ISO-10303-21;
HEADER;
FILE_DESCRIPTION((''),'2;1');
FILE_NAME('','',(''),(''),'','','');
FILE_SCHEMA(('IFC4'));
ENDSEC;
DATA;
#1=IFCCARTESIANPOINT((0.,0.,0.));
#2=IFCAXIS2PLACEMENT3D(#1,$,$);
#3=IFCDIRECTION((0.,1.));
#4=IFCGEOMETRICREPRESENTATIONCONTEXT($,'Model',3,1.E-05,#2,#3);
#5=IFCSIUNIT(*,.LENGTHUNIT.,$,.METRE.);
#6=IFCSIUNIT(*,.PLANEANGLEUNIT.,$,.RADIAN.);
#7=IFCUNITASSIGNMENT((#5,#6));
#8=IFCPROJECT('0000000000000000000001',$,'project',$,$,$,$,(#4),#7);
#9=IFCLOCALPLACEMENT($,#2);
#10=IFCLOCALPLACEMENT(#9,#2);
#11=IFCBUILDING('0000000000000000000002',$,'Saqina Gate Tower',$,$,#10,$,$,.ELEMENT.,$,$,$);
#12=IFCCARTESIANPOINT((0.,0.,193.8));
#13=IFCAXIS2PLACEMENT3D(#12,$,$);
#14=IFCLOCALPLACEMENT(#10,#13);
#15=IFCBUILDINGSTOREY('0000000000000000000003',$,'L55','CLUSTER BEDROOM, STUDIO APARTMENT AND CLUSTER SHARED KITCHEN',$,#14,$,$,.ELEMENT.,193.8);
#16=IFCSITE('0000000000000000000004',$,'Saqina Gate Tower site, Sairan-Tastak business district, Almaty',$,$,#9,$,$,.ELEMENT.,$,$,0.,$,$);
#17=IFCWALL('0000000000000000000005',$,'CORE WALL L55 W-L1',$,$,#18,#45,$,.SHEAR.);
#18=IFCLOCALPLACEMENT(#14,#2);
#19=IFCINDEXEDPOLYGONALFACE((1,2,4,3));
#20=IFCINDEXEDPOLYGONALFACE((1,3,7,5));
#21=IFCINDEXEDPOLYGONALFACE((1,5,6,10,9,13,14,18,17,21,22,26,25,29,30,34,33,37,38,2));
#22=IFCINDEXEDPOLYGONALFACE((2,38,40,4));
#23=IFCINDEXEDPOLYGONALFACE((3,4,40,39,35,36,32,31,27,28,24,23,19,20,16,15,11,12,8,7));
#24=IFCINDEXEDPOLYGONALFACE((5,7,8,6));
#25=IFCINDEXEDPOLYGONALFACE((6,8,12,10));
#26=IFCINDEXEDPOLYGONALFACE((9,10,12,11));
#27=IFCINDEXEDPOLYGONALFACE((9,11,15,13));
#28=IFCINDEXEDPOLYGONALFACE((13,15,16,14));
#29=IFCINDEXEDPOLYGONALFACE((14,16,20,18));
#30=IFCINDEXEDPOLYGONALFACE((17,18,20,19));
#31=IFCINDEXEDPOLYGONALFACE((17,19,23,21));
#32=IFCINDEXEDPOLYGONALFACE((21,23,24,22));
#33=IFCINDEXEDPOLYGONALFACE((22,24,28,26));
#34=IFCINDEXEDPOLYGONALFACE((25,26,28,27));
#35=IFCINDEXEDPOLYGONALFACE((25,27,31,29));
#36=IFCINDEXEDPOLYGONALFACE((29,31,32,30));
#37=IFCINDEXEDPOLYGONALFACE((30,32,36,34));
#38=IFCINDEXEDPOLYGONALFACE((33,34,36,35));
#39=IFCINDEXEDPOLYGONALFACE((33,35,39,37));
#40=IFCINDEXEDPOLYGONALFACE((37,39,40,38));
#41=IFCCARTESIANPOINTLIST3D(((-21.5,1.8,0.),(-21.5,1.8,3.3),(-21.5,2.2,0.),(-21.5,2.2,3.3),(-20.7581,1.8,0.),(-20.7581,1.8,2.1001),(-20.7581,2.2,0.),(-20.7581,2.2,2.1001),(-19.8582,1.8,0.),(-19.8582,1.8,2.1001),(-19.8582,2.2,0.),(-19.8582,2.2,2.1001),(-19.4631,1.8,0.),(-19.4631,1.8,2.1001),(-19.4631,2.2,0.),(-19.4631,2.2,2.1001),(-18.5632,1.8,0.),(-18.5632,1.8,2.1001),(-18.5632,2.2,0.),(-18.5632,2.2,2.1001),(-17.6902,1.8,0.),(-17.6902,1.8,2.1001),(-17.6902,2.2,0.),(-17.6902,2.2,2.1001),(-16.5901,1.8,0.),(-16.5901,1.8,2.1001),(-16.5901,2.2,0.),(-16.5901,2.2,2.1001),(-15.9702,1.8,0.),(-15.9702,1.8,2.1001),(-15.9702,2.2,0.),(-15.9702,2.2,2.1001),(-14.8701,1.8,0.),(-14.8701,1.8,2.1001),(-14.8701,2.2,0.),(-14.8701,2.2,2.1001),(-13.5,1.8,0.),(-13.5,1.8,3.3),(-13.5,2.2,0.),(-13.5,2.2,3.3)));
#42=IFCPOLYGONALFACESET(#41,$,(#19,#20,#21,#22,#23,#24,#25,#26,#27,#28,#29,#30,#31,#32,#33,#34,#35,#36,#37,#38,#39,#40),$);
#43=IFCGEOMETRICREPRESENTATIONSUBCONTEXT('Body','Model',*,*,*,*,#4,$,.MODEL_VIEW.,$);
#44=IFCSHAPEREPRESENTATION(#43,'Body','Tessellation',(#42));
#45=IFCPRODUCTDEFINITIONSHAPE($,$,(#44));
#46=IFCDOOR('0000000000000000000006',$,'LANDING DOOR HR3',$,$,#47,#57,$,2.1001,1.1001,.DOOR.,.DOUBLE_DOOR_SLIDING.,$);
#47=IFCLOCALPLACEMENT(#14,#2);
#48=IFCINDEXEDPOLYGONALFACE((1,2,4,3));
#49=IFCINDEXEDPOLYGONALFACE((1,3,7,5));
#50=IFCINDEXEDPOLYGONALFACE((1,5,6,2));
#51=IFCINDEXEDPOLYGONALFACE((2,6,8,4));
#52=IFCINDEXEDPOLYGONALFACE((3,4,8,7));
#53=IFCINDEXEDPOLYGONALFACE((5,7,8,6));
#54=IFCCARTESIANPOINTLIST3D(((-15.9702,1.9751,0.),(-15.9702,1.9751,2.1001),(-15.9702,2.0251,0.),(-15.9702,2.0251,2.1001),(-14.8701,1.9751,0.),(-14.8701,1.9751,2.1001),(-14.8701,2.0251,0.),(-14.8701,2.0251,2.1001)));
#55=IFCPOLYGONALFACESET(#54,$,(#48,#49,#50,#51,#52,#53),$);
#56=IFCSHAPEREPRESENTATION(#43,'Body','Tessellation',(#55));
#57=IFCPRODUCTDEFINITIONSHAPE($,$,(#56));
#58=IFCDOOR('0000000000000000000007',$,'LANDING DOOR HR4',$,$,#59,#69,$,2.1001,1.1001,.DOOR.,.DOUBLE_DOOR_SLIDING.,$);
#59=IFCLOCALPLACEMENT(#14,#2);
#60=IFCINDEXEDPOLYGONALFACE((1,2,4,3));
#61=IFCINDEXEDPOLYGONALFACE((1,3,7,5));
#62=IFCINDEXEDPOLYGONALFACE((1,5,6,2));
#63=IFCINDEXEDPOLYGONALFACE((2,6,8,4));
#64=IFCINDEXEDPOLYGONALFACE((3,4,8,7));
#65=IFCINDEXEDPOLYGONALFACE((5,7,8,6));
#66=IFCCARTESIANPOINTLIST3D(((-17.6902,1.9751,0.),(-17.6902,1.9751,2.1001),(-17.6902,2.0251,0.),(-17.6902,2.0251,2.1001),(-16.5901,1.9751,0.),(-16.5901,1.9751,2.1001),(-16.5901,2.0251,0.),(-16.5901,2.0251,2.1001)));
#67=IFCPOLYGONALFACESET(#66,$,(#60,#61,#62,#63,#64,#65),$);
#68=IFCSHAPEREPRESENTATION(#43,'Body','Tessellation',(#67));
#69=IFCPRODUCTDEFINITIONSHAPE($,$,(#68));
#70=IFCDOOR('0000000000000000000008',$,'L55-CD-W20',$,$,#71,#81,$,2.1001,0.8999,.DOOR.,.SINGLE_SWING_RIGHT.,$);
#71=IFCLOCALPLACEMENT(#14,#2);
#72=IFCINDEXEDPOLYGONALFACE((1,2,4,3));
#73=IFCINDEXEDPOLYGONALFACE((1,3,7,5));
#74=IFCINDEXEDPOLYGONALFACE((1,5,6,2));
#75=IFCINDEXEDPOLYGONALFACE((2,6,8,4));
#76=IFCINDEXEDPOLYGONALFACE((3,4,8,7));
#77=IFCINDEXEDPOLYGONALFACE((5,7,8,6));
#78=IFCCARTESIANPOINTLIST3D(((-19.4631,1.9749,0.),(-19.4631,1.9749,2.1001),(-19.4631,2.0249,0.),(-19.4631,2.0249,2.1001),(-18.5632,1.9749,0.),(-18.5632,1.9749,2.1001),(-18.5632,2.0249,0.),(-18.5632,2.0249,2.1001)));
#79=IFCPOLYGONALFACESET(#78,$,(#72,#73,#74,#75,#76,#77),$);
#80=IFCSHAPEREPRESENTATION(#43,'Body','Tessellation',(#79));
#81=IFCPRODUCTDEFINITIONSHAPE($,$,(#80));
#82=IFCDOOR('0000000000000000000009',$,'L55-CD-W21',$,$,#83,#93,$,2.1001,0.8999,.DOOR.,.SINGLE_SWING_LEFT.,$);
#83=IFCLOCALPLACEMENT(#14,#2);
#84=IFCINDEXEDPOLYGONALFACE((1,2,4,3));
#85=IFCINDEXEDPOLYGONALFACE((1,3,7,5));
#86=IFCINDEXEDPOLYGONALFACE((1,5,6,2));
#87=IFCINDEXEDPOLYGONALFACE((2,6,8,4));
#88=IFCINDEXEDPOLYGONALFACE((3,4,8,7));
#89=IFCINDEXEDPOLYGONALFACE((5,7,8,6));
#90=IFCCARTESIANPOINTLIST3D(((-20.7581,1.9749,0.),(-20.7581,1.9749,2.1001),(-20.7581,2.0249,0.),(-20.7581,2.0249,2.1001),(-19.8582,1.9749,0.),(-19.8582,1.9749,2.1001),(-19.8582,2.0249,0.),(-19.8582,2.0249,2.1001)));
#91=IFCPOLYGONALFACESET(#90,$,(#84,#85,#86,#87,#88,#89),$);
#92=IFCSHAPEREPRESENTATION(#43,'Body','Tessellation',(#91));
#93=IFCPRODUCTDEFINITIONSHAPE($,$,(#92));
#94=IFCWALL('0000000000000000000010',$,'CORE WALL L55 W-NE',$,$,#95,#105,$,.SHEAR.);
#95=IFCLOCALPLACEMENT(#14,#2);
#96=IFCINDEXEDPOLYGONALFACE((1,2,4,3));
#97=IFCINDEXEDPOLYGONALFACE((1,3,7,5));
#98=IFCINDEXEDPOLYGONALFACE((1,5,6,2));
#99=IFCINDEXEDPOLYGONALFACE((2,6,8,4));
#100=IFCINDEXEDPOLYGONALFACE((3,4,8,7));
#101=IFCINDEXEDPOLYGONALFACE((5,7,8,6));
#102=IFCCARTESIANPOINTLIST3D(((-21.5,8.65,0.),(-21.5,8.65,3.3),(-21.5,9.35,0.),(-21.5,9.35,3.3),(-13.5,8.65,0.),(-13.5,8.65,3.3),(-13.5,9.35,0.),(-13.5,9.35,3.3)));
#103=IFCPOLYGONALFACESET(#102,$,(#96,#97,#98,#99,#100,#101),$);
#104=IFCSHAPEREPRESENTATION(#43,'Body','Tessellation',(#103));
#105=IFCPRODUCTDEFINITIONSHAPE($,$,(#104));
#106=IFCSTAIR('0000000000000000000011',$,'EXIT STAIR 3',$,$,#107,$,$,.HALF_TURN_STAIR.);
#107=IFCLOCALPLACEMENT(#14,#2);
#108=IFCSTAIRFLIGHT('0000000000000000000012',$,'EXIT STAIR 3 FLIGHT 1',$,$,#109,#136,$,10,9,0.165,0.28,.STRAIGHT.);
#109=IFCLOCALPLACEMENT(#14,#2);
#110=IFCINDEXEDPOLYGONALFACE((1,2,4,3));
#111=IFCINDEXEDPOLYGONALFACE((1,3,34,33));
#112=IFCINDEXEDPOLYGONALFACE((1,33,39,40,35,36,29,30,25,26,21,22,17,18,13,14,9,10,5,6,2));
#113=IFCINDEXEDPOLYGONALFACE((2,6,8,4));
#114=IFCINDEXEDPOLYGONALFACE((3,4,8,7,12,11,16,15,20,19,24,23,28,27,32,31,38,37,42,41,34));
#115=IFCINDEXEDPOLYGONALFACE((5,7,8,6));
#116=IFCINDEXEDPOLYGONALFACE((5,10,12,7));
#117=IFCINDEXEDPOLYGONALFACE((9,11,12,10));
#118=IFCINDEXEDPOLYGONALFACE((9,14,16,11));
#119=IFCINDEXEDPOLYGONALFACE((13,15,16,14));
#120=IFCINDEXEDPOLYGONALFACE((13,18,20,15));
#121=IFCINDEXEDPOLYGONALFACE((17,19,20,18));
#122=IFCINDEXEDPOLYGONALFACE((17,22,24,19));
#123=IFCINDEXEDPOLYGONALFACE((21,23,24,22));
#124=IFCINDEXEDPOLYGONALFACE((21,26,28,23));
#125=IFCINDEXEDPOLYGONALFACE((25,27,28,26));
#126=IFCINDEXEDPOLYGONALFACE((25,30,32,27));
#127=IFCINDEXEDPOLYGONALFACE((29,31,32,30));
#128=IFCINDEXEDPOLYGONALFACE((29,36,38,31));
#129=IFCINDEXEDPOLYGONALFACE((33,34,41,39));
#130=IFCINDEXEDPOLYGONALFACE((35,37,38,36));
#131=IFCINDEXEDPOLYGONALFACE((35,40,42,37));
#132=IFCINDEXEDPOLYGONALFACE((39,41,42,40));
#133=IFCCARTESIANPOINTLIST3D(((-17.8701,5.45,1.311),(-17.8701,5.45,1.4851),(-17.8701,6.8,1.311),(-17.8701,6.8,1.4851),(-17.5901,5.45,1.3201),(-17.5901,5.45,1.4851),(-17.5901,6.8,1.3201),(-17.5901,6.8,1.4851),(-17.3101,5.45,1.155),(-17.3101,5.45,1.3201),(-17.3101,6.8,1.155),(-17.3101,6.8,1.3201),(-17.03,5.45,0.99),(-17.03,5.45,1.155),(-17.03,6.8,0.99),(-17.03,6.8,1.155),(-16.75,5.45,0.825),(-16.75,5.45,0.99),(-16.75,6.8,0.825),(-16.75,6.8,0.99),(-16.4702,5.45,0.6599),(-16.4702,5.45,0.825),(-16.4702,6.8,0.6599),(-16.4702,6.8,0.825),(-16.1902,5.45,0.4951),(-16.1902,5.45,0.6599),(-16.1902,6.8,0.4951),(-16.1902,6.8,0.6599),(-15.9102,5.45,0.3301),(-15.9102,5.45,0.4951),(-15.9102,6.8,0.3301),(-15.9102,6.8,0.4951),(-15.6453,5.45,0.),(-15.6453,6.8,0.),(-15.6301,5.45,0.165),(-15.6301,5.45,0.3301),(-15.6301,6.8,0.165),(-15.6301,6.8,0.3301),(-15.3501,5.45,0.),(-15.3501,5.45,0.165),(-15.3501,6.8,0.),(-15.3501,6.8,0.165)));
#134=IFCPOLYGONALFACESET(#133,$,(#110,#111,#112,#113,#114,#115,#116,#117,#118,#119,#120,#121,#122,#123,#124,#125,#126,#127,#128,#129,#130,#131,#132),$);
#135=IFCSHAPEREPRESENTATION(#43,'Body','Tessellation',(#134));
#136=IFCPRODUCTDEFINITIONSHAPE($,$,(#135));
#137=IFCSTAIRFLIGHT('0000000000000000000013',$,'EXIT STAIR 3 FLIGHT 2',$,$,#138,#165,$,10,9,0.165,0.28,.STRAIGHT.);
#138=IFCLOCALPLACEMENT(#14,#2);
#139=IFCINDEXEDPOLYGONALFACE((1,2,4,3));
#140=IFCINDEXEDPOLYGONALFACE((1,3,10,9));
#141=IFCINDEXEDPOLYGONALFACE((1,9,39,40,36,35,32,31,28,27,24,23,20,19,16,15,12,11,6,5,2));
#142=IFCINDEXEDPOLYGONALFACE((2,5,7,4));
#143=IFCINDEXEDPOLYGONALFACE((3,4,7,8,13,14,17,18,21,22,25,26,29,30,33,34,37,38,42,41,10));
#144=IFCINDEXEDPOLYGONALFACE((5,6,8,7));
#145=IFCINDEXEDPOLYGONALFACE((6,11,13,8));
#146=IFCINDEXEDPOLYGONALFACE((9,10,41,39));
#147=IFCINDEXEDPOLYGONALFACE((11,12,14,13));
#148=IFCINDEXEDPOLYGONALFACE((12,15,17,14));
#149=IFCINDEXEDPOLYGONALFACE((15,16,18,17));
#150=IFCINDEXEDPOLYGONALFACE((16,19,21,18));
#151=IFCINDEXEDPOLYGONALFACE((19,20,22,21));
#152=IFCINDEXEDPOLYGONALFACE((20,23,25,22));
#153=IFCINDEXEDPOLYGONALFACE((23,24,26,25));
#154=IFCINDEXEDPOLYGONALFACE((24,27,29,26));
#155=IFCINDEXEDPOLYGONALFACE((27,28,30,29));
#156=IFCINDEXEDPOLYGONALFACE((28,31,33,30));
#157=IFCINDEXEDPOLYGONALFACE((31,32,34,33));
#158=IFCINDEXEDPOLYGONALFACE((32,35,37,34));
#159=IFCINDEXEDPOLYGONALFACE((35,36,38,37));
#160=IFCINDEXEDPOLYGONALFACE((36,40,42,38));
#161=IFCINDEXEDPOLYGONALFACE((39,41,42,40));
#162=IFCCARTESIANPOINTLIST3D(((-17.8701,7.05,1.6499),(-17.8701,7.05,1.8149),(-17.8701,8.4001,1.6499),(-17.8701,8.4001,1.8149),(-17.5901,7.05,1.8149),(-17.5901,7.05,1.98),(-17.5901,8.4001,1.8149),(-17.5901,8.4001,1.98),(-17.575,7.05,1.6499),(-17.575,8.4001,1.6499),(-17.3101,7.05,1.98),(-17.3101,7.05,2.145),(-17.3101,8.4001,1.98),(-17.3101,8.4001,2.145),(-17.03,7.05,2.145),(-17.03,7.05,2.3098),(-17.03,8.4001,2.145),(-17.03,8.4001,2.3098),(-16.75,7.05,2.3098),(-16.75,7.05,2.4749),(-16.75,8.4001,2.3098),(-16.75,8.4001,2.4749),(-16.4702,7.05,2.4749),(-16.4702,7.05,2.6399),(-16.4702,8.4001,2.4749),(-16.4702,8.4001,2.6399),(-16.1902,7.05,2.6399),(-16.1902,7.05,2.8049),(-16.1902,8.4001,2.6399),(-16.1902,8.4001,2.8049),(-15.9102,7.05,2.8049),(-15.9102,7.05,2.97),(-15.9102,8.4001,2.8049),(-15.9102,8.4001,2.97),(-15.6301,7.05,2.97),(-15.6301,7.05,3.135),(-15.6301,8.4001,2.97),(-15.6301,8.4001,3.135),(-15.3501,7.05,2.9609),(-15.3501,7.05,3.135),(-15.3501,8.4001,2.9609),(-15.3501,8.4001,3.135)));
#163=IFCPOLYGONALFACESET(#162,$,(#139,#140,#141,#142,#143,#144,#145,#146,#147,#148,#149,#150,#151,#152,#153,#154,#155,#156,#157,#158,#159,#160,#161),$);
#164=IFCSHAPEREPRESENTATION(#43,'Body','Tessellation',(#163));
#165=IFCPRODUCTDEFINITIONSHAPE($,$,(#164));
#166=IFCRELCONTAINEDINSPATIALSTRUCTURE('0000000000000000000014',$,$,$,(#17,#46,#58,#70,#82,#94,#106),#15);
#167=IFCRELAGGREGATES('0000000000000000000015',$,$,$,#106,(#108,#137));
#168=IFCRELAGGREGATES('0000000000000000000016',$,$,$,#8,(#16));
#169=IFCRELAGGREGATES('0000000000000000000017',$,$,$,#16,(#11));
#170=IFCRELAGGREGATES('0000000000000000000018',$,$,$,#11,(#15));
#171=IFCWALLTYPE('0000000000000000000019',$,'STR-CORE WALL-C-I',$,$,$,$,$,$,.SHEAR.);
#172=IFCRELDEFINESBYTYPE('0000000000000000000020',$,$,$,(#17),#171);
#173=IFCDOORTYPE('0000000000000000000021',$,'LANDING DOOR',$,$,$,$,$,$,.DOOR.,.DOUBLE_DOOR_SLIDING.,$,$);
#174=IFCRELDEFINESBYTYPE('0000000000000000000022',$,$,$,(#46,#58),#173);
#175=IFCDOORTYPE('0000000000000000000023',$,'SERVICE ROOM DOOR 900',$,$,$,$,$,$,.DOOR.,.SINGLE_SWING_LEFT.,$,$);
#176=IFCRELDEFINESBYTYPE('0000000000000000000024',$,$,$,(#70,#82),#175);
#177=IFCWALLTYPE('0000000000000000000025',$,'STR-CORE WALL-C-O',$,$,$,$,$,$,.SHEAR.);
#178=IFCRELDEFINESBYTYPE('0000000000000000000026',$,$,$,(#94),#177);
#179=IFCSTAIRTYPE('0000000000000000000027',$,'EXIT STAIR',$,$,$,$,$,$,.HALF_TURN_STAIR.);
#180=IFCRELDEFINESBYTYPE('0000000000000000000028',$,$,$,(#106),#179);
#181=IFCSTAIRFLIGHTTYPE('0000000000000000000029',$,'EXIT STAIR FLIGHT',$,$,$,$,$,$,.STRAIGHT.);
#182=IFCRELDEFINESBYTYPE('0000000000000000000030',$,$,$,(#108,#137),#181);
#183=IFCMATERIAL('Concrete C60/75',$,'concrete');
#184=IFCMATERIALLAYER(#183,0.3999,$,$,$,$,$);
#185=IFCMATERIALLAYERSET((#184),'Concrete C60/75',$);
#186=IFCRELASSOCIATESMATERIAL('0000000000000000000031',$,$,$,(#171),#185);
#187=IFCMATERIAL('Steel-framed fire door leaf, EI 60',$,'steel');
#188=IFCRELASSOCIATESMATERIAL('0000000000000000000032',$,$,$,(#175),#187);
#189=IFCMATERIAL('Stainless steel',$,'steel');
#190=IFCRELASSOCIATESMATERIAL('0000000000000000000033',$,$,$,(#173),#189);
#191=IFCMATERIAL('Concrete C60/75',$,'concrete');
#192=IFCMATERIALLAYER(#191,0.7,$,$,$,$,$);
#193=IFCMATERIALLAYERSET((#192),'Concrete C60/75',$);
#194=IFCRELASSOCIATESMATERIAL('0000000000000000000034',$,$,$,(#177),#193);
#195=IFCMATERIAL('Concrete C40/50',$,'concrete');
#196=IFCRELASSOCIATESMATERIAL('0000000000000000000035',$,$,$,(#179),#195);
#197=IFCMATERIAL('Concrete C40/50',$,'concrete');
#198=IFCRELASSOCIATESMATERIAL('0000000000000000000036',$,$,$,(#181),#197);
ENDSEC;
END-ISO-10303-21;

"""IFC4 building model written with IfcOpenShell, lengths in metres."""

from ifc_helpers import new_model, si_unit, direction, frame, frame_2d, origin, place, context, subcontext, project, spatial, polyline, rectangle, outline, extrude, material, layer, layer_set, type_object, element, fill, aggregate, save


model = new_model("IFC4")

# Units and contexts
model_context = context("Model", 3, precision=1e-05, world=origin(), true_north=direction((0.0, 1.0)))
body_context = subcontext(model_context, "Body", "Model", "MODEL_VIEW")
ifc_project = project(units=[si_unit("LENGTHUNIT", "METRE"), si_unit("PLANEANGLEUNIT", "RADIAN")], contexts=[model_context])

# Site, building, storey
site_placement = place(None, origin())
site = spatial("IfcSite", under=ifc_project, at=site_placement, Name="Saqina Gate Tower site, Sairan-Tastak business district, Almaty", CompositionType="ELEMENT", RefElevation=0.0)
building_placement = place(site_placement, origin())
building = spatial("IfcBuilding", under=site, at=building_placement, Name="Saqina Gate Tower", CompositionType="ELEMENT")
storey_placement = place(building_placement, frame((0.0, 0.0, 193.8)))
storey = spatial("IfcBuildingStorey", under=building, at=storey_placement, Name="L55", Description="CLUSTER BEDROOM, STUDIO APARTMENT AND CLUSTER SHARED KITCHEN", CompositionType="ELEMENT", Elevation=193.8)

# Shared definitions
ifc_material_1 = material(Name="Concrete C60/75", Category="concrete")
ifc_layer_1 = layer(ifc_material_1, 0.3999)
ifc_layer_set_1 = layer_set([ifc_layer_1], Name="Concrete C60/75")
wall_type_1 = type_object("IfcWallType", Name="STR-CORE WALL-C-I", PredefinedType="SHEAR", material=ifc_layer_set_1)
ifc_material_2 = material(Name="Steel-framed fire door leaf, EI 60", Category="steel")
door_type_1 = type_object("IfcDoorType", Name="SERVICE ROOM DOOR 900", OperationType="SINGLE_SWING_LEFT", PredefinedType="DOOR", material=ifc_material_2)

# Wall, openings, doors
wall_1_placement = place(storey_placement, frame((-13.5, 2.0, 0.0), z_axis=(0.0, 0.0, 1.0), x_axis=(-1.0, 0.0, 0.0)))
wall_1 = element("IfcWall", 1, at=wall_1_placement, inside=storey, type_object=wall_type_1, Name="CORE WALL L55 W-L1", PredefinedType="SHEAR", context=body_context, shape_type="SweptSolid", body=[
    extrude(rectangle(XDim=8.0, YDim=0.3999, at=frame_2d((4.0, 0.0))), origin(), (0.0, 0.0, 1.0), 3.3),
])
opening_1_placement = place(wall_1_placement, frame((1.3701, 0.0, 0.0)))
opening_1 = element("IfcOpeningElement", 2, at=opening_1_placement, cuts=wall_1, PredefinedType="OPENING", context=body_context, shape_type="SweptSolid", body=[
    extrude(rectangle(XDim=1.1001, YDim=2.1001, at=frame_2d((0.55, 1.05))), frame((0.0, 0.2119, 0.0), z_axis=(0.0, -1.0, 0.0), x_axis=(1.0, 0.0, 0.0)), (0.0, 0.0, 1.0), 0.4238),
])
opening_2_placement = place(wall_1_placement, frame((3.0901, 0.0, 0.0)))
opening_2 = element("IfcOpeningElement", 3, at=opening_2_placement, cuts=wall_1, PredefinedType="OPENING", context=body_context, shape_type="SweptSolid", body=[
    extrude(rectangle(XDim=1.1001, YDim=2.1001, at=frame_2d((0.55, 1.05))), frame((0.0, 0.2119, 0.0), z_axis=(0.0, -1.0, 0.0), x_axis=(1.0, 0.0, 0.0)), (0.0, 0.0, 1.0), 0.4238),
])
opening_3_placement = place(wall_1_placement, frame((5.0632, 0.0, 0.0)))
opening_3 = element("IfcOpeningElement", 4, at=opening_3_placement, cuts=wall_1, PredefinedType="OPENING", context=body_context, shape_type="SweptSolid", body=[
    extrude(rectangle(XDim=0.8999, YDim=2.1001, at=frame_2d((0.45, 1.05))), frame((0.0, 0.2119, 0.0), z_axis=(0.0, -1.0, 0.0), x_axis=(1.0, 0.0, 0.0)), (0.0, 0.0, 1.0), 0.4238),
])
opening_4_placement = place(wall_1_placement, frame((6.3582, 0.0, 0.0)))
opening_4 = element("IfcOpeningElement", 5, at=opening_4_placement, cuts=wall_1, PredefinedType="OPENING", context=body_context, shape_type="SweptSolid", body=[
    extrude(rectangle(XDim=0.8999, YDim=2.1001, at=frame_2d((0.45, 1.05))), frame((0.0, 0.2119, 0.0), z_axis=(0.0, -1.0, 0.0), x_axis=(1.0, 0.0, 0.0)), (0.0, 0.0, 1.0), 0.4238),
])
ifc_material_3 = material(Name="Stainless steel", Category="steel")
door_type_2 = type_object("IfcDoorType", Name="LANDING DOOR", OperationType="DOUBLE_DOOR_SLIDING", PredefinedType="DOOR", material=ifc_material_3)
door_1_placement = place(opening_1_placement, origin())
door_1 = element("IfcDoor", 6, at=door_1_placement, inside=storey, type_object=door_type_2, Name="LANDING DOOR HR3", OperationType="DOUBLE_DOOR_SLIDING", OverallHeight=2.1001, OverallWidth=1.1001, PredefinedType="DOOR", context=body_context, shape_type="SweptSolid", body=[
    extrude(rectangle(XDim=1.1001, YDim=2.1001, at=frame_2d((0.55, 1.05))), frame((0.0, 0.0249, 0.0), z_axis=(0.0, -1.0, 0.0), x_axis=(1.0, 0.0, 0.0)), (0.0, 0.0, 1.0), 0.05),
])
fill(opening_1, door_1)
door_2_placement = place(opening_2_placement, origin())
door_2 = element("IfcDoor", 7, at=door_2_placement, inside=storey, type_object=door_type_2, Name="LANDING DOOR HR4", OperationType="DOUBLE_DOOR_SLIDING", OverallHeight=2.1001, OverallWidth=1.1001, PredefinedType="DOOR", context=body_context, shape_type="SweptSolid", body=[
    extrude(rectangle(XDim=1.1001, YDim=2.1001, at=frame_2d((0.55, 1.05))), frame((0.0, 0.0249, 0.0), z_axis=(0.0, -1.0, 0.0), x_axis=(1.0, 0.0, 0.0)), (0.0, 0.0, 1.0), 0.05),
])
fill(opening_2, door_2)
door_3_placement = place(opening_3_placement, frame((0.8999, 0.0, 0.0), z_axis=(0.0, 0.0, 1.0), x_axis=(-1.0, 0.0, 0.0)))
door_3 = element("IfcDoor", 8, at=door_3_placement, inside=storey, type_object=door_type_1, Name="L55-CD-W20", OperationType="SINGLE_SWING_RIGHT", OverallHeight=2.1001, OverallWidth=0.8999, PredefinedType="DOOR", context=body_context, shape_type="SweptSolid", body=[
    extrude(rectangle(XDim=0.8999, YDim=2.1001, at=frame_2d((0.45, 1.05))), frame((0.0, 0.0249, 0.0), z_axis=(0.0, -1.0, 0.0), x_axis=(1.0, 0.0, 0.0)), (0.0, 0.0, 1.0), 0.05),
])
fill(opening_3, door_3)
door_4_placement = place(opening_4_placement, frame((0.8999, 0.0, 0.0), z_axis=(0.0, 0.0, 1.0), x_axis=(-1.0, 0.0, 0.0)))
door_4 = element("IfcDoor", 9, at=door_4_placement, inside=storey, type_object=door_type_1, Name="L55-CD-W21", OperationType="SINGLE_SWING_LEFT", OverallHeight=2.1001, OverallWidth=0.8999, PredefinedType="DOOR", context=body_context, shape_type="SweptSolid", body=[
    extrude(rectangle(XDim=0.8999, YDim=2.1001, at=frame_2d((0.45, 1.05))), frame((0.0, 0.0249, 0.0), z_axis=(0.0, -1.0, 0.0), x_axis=(1.0, 0.0, 0.0)), (0.0, 0.0, 1.0), 0.05),
])
fill(opening_4, door_4)

# Wall
ifc_material_4 = material(Name="Concrete C60/75", Category="concrete")
ifc_layer_2 = layer(ifc_material_4, 0.7)
ifc_layer_set_2 = layer_set([ifc_layer_2], Name="Concrete C60/75")
wall_type_2 = type_object("IfcWallType", Name="STR-CORE WALL-C-O", PredefinedType="SHEAR", material=ifc_layer_set_2)
wall_2_placement = place(storey_placement, frame((-13.5, 9.0, 0.0), z_axis=(0.0, 0.0, 1.0), x_axis=(-1.0, 0.0, 0.0)))
element("IfcWall", 10, at=wall_2_placement, inside=storey, type_object=wall_type_2, Name="CORE WALL L55 W-NE", PredefinedType="SHEAR", context=body_context, shape_type="SweptSolid", body=[
    extrude(rectangle(XDim=8.0, YDim=0.7, at=frame_2d((4.0, 0.0))), origin(), (0.0, 0.0, 1.0), 3.3),
])

# Stair, stair flights
ifc_material_5 = material(Name="Concrete C40/50", Category="concrete")
stair_type = type_object("IfcStairType", Name="EXIT STAIR", PredefinedType="HALF_TURN_STAIR", material=ifc_material_5)
stair_placement = place(storey_placement, origin())
stair = element("IfcStair", 11, at=stair_placement, inside=storey, type_object=stair_type, Name="EXIT STAIR 3", PredefinedType="HALF_TURN_STAIR")
ifc_material_6 = material(Name="Concrete C40/50", Category="concrete")
stair_flight_type = type_object("IfcStairFlightType", Name="EXIT STAIR FLIGHT", PredefinedType="STRAIGHT", material=ifc_material_6)
stair_flight_1_placement = place(storey_placement, frame((-15.3501, 6.125, 0.0), z_axis=(0.0, 0.0, 1.0), x_axis=(-1.0, 0.0, 0.0)))
stair_flight_1 = element("IfcStairFlight", 12, at=stair_flight_1_placement, type_object=stair_flight_type, Name="EXIT STAIR 3 FLIGHT 1", NumberOfRisers=10, NumberOfTreads=9, PredefinedType="STRAIGHT", RiserHeight=0.165, TreadLength=0.28, context=body_context, shape_type="SweptSolid", body=[
    extrude(outline(polyline([(0.0, 0.0), (0.0, 0.165), (0.28, 0.165), (0.28, 0.3301), (0.5601, 0.3301), (0.5601, 0.4951), (0.8401, 0.4951), (0.8401, 0.6599), (1.1201, 0.6599), (1.1201, 0.825), (1.3999, 0.825), (1.3999, 0.99), (1.6799, 0.99), (1.6799, 1.155), (1.96, 1.155), (1.96, 1.3201), (2.24, 1.3201), (2.24, 1.4851), (2.52, 1.4851), (2.52, 1.6499), (2.52, 1.311), (0.2952, 0.0), (0.0, 0.0)])), frame((0.0, 0.675, 0.0), z_axis=(0.0, -1.0, 0.0), x_axis=(1.0, 0.0, 0.0)), (0.0, 0.0, 1.0), 1.3501),
])
stair_flight_2_placement = place(storey_placement, frame((-17.8701, 7.7251, 1.6499), z_axis=(0.0, 0.0, 1.0), x_axis=(1.0, 0.0, 0.0)))
stair_flight_2 = element("IfcStairFlight", 13, at=stair_flight_2_placement, type_object=stair_flight_type, Name="EXIT STAIR 3 FLIGHT 2", NumberOfRisers=10, NumberOfTreads=9, PredefinedType="STRAIGHT", RiserHeight=0.165, TreadLength=0.28, context=body_context, shape_type="SweptSolid", body=[
    extrude(outline(polyline([(0.0, 0.0), (0.0, 0.165), (0.28, 0.165), (0.28, 0.3301), (0.5601, 0.3301), (0.5601, 0.4951), (0.8401, 0.4951), (0.8401, 0.6599), (1.1201, 0.6599), (1.1201, 0.825), (1.3999, 0.825), (1.3999, 0.99), (1.6799, 0.99), (1.6799, 1.155), (1.96, 1.155), (1.96, 1.3201), (2.24, 1.3201), (2.24, 1.4851), (2.52, 1.4851), (2.52, 1.6499), (2.52, 1.311), (0.2952, 0.0), (0.0, 0.0)])), frame((0.0, 0.675, 0.0), z_axis=(0.0, -1.0, 0.0), x_axis=(1.0, 0.0, 0.0)), (0.0, 0.0, 1.0), 1.3501),
])
aggregate(stair, [stair_flight_1, stair_flight_2])

save(model, "model.ifc")
